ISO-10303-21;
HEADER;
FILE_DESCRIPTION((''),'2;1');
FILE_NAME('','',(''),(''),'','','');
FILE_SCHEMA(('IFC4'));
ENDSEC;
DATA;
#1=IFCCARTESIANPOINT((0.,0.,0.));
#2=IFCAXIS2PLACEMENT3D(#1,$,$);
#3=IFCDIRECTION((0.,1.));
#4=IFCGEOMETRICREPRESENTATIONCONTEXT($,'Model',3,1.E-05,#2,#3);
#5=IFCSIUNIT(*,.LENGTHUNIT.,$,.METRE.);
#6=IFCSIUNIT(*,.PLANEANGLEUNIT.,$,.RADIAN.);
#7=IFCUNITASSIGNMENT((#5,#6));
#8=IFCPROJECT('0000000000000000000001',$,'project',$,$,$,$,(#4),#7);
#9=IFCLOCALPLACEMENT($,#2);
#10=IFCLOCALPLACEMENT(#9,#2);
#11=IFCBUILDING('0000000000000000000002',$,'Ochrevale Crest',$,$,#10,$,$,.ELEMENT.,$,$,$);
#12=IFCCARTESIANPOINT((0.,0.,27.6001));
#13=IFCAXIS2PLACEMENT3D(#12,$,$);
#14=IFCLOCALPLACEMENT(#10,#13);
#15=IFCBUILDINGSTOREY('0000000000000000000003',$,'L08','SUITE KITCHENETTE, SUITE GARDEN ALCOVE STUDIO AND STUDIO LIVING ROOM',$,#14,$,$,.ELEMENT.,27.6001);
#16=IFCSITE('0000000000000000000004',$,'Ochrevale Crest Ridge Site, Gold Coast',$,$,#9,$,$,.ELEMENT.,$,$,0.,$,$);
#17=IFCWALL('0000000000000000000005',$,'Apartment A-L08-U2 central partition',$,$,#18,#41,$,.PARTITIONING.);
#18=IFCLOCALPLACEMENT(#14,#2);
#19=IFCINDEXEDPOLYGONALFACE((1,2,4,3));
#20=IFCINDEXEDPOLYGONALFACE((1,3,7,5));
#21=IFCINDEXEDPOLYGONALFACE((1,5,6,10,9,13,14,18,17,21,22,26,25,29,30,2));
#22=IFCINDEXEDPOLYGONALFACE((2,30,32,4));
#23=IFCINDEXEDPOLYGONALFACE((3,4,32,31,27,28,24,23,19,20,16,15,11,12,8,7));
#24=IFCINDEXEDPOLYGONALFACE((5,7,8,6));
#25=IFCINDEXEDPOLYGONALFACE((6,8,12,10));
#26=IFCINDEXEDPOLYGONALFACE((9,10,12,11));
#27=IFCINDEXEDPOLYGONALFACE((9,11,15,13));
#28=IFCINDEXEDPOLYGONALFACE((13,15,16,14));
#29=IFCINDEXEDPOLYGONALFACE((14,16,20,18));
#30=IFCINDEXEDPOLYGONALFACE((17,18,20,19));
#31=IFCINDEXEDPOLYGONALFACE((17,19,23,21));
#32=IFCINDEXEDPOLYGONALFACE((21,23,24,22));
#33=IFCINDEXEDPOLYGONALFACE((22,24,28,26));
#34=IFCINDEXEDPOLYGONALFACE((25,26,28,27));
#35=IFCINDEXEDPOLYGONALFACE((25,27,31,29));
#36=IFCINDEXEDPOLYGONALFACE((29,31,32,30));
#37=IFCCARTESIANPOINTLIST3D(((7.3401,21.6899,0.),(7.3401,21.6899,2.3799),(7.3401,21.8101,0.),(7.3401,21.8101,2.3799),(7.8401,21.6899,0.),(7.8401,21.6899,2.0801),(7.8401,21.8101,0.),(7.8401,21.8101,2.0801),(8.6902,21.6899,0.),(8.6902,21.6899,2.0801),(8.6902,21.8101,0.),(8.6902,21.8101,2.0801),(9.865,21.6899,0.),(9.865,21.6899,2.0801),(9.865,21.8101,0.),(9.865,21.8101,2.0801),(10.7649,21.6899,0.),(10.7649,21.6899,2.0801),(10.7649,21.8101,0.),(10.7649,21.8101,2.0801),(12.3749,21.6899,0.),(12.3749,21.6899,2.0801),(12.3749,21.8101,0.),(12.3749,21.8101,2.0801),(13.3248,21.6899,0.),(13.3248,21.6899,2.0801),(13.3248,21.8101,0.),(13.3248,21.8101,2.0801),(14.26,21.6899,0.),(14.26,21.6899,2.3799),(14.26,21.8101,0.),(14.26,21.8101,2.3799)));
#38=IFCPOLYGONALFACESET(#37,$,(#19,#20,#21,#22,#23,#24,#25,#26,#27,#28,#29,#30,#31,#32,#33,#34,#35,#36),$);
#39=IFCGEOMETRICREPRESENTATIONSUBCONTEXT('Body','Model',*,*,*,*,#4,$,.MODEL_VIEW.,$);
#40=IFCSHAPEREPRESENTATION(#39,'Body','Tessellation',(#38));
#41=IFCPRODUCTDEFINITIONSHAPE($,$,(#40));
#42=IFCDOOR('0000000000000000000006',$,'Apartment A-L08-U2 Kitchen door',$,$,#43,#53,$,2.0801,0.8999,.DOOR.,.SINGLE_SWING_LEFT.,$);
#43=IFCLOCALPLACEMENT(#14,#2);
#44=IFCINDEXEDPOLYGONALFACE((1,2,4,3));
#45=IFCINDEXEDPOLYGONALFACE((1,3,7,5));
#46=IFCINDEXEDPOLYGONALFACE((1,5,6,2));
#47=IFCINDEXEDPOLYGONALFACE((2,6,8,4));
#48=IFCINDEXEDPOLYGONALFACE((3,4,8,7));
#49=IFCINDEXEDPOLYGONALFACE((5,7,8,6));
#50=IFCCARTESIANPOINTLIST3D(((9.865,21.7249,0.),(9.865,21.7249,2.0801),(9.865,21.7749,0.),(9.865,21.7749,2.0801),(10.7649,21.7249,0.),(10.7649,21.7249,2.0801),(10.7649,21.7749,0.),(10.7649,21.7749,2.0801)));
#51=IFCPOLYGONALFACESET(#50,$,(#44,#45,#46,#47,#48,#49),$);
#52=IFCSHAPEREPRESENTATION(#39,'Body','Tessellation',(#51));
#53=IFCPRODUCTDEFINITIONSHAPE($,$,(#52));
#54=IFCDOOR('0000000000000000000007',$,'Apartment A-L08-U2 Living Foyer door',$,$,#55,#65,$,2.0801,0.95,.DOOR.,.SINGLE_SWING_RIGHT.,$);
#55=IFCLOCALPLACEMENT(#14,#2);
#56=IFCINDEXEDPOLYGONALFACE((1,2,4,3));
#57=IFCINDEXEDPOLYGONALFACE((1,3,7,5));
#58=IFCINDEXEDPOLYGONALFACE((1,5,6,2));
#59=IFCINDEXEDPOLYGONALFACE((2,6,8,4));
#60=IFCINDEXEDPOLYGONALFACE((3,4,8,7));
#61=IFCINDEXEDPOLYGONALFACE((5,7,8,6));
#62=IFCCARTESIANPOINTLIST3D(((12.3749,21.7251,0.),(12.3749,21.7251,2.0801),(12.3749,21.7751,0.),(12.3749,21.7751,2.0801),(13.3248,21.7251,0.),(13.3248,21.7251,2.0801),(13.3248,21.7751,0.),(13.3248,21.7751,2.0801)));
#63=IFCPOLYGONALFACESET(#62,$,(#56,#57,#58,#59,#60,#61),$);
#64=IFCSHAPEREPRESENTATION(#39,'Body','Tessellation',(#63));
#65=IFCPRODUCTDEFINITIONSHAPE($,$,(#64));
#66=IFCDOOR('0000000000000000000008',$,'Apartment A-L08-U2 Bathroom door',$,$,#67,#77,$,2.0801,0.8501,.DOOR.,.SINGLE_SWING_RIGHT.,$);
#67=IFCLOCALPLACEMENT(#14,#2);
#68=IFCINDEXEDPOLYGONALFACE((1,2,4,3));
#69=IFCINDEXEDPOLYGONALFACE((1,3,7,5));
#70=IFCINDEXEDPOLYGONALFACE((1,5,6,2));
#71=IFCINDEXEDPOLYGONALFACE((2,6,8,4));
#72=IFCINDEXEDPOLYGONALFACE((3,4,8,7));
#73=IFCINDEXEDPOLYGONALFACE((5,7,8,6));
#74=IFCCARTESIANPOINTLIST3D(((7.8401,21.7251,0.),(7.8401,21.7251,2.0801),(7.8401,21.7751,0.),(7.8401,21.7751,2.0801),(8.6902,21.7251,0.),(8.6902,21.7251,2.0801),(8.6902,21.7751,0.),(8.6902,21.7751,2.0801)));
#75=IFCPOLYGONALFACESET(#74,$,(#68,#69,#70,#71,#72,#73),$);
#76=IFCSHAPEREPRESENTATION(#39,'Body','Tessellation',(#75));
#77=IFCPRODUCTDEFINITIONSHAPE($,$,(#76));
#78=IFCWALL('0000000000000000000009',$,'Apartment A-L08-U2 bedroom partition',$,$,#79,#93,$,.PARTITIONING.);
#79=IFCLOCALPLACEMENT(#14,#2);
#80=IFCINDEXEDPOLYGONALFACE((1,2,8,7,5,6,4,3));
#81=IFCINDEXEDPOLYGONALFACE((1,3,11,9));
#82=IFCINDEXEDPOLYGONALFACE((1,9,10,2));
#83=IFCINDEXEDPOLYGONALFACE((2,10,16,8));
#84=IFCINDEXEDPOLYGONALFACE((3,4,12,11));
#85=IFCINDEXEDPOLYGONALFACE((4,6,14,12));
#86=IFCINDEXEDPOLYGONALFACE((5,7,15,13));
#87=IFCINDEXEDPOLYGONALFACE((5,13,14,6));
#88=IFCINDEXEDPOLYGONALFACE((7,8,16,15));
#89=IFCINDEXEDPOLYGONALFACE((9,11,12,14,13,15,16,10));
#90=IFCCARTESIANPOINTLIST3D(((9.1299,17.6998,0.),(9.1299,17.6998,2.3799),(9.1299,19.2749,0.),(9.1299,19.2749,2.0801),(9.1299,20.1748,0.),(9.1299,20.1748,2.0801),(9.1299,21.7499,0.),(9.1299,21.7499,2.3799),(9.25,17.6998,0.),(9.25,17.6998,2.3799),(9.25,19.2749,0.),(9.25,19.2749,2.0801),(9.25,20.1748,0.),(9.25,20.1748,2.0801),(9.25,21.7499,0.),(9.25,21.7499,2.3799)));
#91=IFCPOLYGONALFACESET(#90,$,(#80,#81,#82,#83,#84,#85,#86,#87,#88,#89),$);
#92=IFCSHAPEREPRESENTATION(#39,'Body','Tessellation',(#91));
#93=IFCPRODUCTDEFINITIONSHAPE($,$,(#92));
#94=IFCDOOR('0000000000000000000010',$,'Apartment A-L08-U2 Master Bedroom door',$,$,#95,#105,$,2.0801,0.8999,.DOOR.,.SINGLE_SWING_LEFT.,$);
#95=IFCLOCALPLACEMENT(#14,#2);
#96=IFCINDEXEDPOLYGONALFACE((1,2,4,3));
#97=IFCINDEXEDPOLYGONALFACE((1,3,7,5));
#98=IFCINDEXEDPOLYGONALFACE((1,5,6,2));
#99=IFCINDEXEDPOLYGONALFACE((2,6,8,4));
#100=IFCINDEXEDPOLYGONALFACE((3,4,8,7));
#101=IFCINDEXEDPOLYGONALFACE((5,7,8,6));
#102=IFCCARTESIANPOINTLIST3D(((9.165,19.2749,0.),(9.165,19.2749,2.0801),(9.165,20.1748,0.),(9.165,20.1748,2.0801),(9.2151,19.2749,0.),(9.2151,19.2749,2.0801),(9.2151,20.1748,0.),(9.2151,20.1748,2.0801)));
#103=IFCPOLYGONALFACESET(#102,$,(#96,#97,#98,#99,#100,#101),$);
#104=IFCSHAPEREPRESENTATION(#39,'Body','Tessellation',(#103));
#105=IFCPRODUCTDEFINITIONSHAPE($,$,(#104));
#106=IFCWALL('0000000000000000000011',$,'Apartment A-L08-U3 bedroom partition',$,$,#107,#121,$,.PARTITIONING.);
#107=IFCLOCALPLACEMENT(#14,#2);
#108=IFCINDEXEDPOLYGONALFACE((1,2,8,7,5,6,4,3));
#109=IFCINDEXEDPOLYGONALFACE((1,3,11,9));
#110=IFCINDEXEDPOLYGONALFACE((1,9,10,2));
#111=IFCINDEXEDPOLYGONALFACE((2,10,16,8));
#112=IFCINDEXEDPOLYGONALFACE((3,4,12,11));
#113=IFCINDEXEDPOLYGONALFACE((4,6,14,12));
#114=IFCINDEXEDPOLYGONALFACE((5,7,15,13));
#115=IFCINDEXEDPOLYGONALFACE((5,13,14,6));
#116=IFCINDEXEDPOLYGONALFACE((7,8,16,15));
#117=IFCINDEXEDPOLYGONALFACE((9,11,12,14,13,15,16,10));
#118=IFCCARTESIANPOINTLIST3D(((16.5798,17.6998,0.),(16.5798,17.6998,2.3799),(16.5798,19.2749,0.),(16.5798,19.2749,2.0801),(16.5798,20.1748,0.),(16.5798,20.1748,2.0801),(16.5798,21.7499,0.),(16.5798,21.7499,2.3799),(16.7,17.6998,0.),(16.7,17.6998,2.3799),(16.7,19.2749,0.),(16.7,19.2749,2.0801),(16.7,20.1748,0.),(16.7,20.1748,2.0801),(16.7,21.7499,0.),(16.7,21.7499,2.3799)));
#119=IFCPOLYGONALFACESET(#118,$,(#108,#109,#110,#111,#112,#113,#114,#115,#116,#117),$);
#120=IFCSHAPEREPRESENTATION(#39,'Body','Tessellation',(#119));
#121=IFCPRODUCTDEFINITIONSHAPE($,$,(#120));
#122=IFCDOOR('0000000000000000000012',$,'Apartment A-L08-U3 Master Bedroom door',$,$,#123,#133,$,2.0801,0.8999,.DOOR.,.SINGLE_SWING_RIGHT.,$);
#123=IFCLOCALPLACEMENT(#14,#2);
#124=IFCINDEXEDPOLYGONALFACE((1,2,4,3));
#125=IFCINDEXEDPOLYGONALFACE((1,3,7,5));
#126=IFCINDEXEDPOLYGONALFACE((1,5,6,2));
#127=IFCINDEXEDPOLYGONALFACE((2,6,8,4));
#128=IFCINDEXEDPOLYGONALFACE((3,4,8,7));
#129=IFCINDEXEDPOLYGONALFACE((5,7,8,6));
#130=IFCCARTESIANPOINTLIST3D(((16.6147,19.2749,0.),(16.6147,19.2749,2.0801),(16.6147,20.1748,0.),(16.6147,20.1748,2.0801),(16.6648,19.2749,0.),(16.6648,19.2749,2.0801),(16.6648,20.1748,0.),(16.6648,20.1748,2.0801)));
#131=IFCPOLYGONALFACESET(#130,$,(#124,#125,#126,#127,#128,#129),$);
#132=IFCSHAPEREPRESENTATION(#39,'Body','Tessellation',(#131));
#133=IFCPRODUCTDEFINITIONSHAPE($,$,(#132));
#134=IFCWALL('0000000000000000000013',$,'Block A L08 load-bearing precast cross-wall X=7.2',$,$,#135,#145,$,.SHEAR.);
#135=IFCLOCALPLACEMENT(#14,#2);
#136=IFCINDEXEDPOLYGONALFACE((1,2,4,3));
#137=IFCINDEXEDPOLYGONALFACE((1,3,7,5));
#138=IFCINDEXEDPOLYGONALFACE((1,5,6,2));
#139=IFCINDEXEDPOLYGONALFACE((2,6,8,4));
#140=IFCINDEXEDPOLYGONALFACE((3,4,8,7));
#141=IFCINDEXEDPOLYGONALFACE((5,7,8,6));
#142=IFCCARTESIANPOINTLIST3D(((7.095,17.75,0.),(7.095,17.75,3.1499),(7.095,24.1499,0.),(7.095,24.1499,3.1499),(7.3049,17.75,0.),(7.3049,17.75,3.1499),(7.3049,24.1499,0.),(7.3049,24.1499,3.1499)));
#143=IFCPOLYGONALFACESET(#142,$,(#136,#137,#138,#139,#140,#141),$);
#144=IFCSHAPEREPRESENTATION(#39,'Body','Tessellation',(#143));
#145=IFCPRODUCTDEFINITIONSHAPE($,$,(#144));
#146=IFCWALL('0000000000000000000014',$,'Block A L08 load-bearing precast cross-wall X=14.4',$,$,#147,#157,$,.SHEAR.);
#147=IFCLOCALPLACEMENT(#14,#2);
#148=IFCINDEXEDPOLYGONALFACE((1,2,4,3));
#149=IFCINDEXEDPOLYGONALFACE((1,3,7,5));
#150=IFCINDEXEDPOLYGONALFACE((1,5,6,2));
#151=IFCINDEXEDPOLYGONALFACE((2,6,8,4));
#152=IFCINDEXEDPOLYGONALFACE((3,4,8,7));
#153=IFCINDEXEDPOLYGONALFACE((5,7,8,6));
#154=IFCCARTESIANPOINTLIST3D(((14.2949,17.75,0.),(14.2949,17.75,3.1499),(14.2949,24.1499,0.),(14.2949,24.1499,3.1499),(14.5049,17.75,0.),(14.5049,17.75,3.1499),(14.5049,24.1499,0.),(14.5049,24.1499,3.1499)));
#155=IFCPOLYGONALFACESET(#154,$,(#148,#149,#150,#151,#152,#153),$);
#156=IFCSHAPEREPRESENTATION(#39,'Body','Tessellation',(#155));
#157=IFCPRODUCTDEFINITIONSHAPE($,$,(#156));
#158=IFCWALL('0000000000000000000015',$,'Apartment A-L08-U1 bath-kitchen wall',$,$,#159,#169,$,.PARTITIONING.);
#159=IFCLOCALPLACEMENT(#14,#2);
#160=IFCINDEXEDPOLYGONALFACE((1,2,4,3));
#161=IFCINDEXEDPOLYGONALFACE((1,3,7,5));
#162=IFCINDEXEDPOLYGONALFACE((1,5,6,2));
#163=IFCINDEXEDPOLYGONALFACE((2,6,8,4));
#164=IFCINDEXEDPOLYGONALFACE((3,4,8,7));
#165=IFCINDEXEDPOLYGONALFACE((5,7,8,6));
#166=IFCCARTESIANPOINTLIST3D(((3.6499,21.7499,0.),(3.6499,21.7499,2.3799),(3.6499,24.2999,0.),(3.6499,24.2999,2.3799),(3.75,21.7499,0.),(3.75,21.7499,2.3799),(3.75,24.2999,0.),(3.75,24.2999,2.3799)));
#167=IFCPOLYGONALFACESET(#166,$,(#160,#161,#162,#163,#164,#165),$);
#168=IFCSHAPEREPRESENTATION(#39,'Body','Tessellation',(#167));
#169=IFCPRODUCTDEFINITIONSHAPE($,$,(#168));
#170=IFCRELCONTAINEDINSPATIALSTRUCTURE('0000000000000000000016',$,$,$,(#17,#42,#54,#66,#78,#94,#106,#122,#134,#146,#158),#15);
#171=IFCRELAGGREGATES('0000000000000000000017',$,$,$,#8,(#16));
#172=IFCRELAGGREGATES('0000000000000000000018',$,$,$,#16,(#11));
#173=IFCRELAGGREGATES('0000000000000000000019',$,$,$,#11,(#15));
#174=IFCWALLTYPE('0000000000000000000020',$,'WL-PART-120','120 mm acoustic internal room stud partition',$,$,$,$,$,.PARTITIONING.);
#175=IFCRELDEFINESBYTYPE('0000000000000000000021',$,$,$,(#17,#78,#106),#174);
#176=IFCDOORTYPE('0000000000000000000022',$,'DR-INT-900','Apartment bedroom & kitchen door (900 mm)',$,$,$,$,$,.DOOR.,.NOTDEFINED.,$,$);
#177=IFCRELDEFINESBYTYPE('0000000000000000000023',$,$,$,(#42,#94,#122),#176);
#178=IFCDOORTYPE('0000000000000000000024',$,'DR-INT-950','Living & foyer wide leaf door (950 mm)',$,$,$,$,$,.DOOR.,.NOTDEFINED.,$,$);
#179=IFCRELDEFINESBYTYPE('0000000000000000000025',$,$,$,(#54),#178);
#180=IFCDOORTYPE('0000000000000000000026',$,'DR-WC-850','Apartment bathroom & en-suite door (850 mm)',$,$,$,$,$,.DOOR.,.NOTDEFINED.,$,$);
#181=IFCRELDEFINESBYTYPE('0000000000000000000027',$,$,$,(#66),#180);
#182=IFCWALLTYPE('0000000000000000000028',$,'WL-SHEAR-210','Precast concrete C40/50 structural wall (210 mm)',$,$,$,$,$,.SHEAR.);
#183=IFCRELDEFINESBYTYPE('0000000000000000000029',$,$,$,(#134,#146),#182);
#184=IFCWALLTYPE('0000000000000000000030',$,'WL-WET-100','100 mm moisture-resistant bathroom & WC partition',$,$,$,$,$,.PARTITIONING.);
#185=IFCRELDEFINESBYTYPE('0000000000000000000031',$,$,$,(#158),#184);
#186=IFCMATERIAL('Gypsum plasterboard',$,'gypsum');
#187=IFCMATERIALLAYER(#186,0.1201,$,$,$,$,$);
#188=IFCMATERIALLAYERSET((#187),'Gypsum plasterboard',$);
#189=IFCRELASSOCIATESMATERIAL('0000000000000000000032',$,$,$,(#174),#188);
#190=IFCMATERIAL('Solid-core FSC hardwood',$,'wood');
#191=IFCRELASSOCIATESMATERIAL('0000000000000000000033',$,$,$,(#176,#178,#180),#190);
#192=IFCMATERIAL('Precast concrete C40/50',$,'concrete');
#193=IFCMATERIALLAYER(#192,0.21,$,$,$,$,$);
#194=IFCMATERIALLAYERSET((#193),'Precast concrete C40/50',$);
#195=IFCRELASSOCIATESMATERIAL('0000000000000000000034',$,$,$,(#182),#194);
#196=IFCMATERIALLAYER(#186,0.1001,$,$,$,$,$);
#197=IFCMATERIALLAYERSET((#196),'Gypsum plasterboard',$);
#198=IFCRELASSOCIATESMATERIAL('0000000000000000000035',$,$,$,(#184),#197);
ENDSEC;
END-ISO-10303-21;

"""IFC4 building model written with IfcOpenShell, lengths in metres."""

from ifc_helpers import new_model, si_unit, direction, frame, frame_2d, origin, place, context, subcontext, project, spatial, rectangle, extrude, material, layer, layer_set, type_object, element, fill, save


model = new_model("IFC4")

# Units and contexts
model_context = context("Model", 3, precision=1e-05, world=origin(), true_north=direction((0.0, 1.0)))
body_context = subcontext(model_context, "Body", "Model", "MODEL_VIEW")
ifc_project = project(units=[si_unit("LENGTHUNIT", "METRE"), si_unit("PLANEANGLEUNIT", "RADIAN")], contexts=[model_context])

# Site, building, storey
site_placement = place(None, origin())
site = spatial("IfcSite", under=ifc_project, at=site_placement, Name="Ochrevale Crest Ridge Site, Gold Coast", CompositionType="ELEMENT", RefElevation=0.0)
building_placement = place(site_placement, origin())
building = spatial("IfcBuilding", under=site, at=building_placement, Name="Ochrevale Crest", CompositionType="ELEMENT")
storey_placement = place(building_placement, frame((0.0, 0.0, 27.6001)))
storey = spatial("IfcBuildingStorey", under=building, at=storey_placement, Name="L08", Description="SUITE KITCHENETTE, SUITE GARDEN ALCOVE STUDIO AND STUDIO LIVING ROOM", CompositionType="ELEMENT", Elevation=27.6001)

# Shared definitions
ifc_material_1 = material(Name="Gypsum plasterboard", Category="gypsum")
ifc_layer_1 = layer(ifc_material_1, 0.1201)
ifc_layer_set_1 = layer_set([ifc_layer_1], Name="Gypsum plasterboard")
wall_type_1 = type_object("IfcWallType", Name="WL-PART-120", Description="120 mm acoustic internal room stud partition", PredefinedType="PARTITIONING", material=ifc_layer_set_1)

# Wall, openings, doors
wall_1_placement = place(storey_placement, frame((7.3401, 21.75, 0.0), z_axis=(0.0, 0.0, 1.0), x_axis=(1.0, 0.0, 0.0)))
wall_1 = element("IfcWall", 1, at=wall_1_placement, inside=storey, type_object=wall_type_1, Name="Apartment A-L08-U2 central partition", PredefinedType="PARTITIONING", context=body_context, shape_type="SweptSolid", body=[
    extrude(rectangle(XDim=6.9199, YDim=0.1201, at=frame_2d((3.46, 0.0))), origin(), (0.0, 0.0, 1.0), 2.3799),
])
opening_1_placement = place(wall_1_placement, frame((1.3501, 0.0, 0.0), z_axis=(0.0, 0.0, 1.0), x_axis=(-1.0, 0.0, 0.0)))
opening_1 = element("IfcOpeningElement", 2, at=opening_1_placement, cuts=wall_1, PredefinedType="OPENING", context=body_context, shape_type="SweptSolid", body=[
    extrude(rectangle(XDim=0.8501, YDim=2.0801, at=frame_2d((0.425, 1.04))), frame((0.0, 0.0701, 0.0), z_axis=(0.0, -1.0, 0.0), x_axis=(1.0, 0.0, 0.0)), (0.0, 0.0, 1.0), 0.1401),
])
opening_2_placement = place(wall_1_placement, frame((2.5249, 0.0, 0.0)))
opening_2 = element("IfcOpeningElement", 3, at=opening_2_placement, cuts=wall_1, PredefinedType="OPENING", context=body_context, shape_type="SweptSolid", body=[
    extrude(rectangle(XDim=0.8999, YDim=2.0801, at=frame_2d((0.45, 1.04))), frame((0.0, 0.0701, 0.0), z_axis=(0.0, -1.0, 0.0), x_axis=(1.0, 0.0, 0.0)), (0.0, 0.0, 1.0), 0.1401),
])
opening_3_placement = place(wall_1_placement, frame((5.9849, 0.0, 0.0), z_axis=(0.0, 0.0, 1.0), x_axis=(-1.0, 0.0, 0.0)))
opening_3 = element("IfcOpeningElement", 4, at=opening_3_placement, cuts=wall_1, PredefinedType="OPENING", context=body_context, shape_type="SweptSolid", body=[
    extrude(rectangle(XDim=0.95, YDim=2.0801, at=frame_2d((0.4751, 1.04))), frame((0.0, 0.0701, 0.0), z_axis=(0.0, -1.0, 0.0), x_axis=(1.0, 0.0, 0.0)), (0.0, 0.0, 1.0), 0.1401),
])
ifc_material_2 = material(Name="Solid-core FSC hardwood", Category="wood")
door_type_1 = type_object("IfcDoorType", Name="DR-INT-900", Description="Apartment bedroom & kitchen door (900 mm)", OperationType="NOTDEFINED", PredefinedType="DOOR", material=ifc_material_2)
door_1_placement = place(opening_2_placement, origin())
door_1 = element("IfcDoor", 5, at=door_1_placement, inside=storey, type_object=door_type_1, Name="Apartment A-L08-U2 Kitchen door", OperationType="SINGLE_SWING_LEFT", OverallHeight=2.0801, OverallWidth=0.8999, PredefinedType="DOOR", context=body_context, shape_type="SweptSolid", body=[
    extrude(rectangle(XDim=0.8999, YDim=2.0801, at=frame_2d((0.45, 1.04))), frame((0.0, 0.0249, 0.0), z_axis=(0.0, -1.0, 0.0), x_axis=(1.0, 0.0, 0.0)), (0.0, 0.0, 1.0), 0.05),
])
fill(opening_2, door_1)
door_type_2 = type_object("IfcDoorType", Name="DR-INT-950", Description="Living & foyer wide leaf door (950 mm)", OperationType="NOTDEFINED", PredefinedType="DOOR", material=ifc_material_2)
door_2_placement = place(opening_3_placement, origin())
door_2 = element("IfcDoor", 6, at=door_2_placement, inside=storey, type_object=door_type_2, Name="Apartment A-L08-U2 Living Foyer door", OperationType="SINGLE_SWING_RIGHT", OverallHeight=2.0801, OverallWidth=0.95, PredefinedType="DOOR", context=body_context, shape_type="SweptSolid", body=[
    extrude(rectangle(XDim=0.95, YDim=2.0801, at=frame_2d((0.4751, 1.04))), frame((0.0, 0.0249, 0.0), z_axis=(0.0, -1.0, 0.0), x_axis=(1.0, 0.0, 0.0)), (0.0, 0.0, 1.0), 0.05),
])
fill(opening_3, door_2)
door_type_3 = type_object("IfcDoorType", Name="DR-WC-850", Description="Apartment bathroom & en-suite door (850 mm)", OperationType="NOTDEFINED", PredefinedType="DOOR", material=ifc_material_2)
door_3_placement = place(opening_1_placement, origin())
door_3 = element("IfcDoor", 7, at=door_3_placement, inside=storey, type_object=door_type_3, Name="Apartment A-L08-U2 Bathroom door", OperationType="SINGLE_SWING_RIGHT", OverallHeight=2.0801, OverallWidth=0.8501, PredefinedType="DOOR", context=body_context, shape_type="SweptSolid", body=[
    extrude(rectangle(XDim=0.8501, YDim=2.0801, at=frame_2d((0.425, 1.04))), frame((0.0, 0.0249, 0.0), z_axis=(0.0, -1.0, 0.0), x_axis=(1.0, 0.0, 0.0)), (0.0, 0.0, 1.0), 0.05),
])
fill(opening_1, door_3)

# Walls, openings, doors
wall_2_placement = place(storey_placement, frame((9.1899, 17.7, 0.0), z_axis=(0.0, 0.0, 1.0), x_axis=(0.0, 1.0, 0.0)))
wall_2 = element("IfcWall", 8, at=wall_2_placement, inside=storey, type_object=wall_type_1, Name="Apartment A-L08-U2 bedroom partition", PredefinedType="PARTITIONING", context=body_context, shape_type="SweptSolid", body=[
    extrude(rectangle(XDim=4.05, YDim=0.1201, at=frame_2d((2.0249, 0.0))), origin(), (0.0, 0.0, 1.0), 2.3799),
])
opening_4_placement = place(wall_2_placement, frame((1.575, 0.0, 0.0)))
opening_4 = element("IfcOpeningElement", 9, at=opening_4_placement, cuts=wall_2, PredefinedType="OPENING", context=body_context, shape_type="SweptSolid", body=[
    extrude(rectangle(XDim=0.8999, YDim=2.0801, at=frame_2d((0.45, 1.04))), frame((0.0, 0.0701, 0.0), z_axis=(0.0, -1.0, 0.0), x_axis=(1.0, 0.0, 0.0)), (0.0, 0.0, 1.0), 0.1401),
])
door_4_placement = place(opening_4_placement, origin())
door_4 = element("IfcDoor", 10, at=door_4_placement, inside=storey, type_object=door_type_1, Name="Apartment A-L08-U2 Master Bedroom door", OperationType="SINGLE_SWING_LEFT", OverallHeight=2.0801, OverallWidth=0.8999, PredefinedType="DOOR", context=body_context, shape_type="SweptSolid", body=[
    extrude(rectangle(XDim=0.8999, YDim=2.0801, at=frame_2d((0.45, 1.04))), frame((0.0, 0.0249, 0.0), z_axis=(0.0, -1.0, 0.0), x_axis=(1.0, 0.0, 0.0)), (0.0, 0.0, 1.0), 0.05),
])
fill(opening_4, door_4)
wall_3_placement = place(storey_placement, frame((16.6399, 17.7, 0.0), z_axis=(0.0, 0.0, 1.0), x_axis=(0.0, 1.0, 0.0)))
wall_3 = element("IfcWall", 11, at=wall_3_placement, inside=storey, type_object=wall_type_1, Name="Apartment A-L08-U3 bedroom partition", PredefinedType="PARTITIONING", context=body_context, shape_type="SweptSolid", body=[
    extrude(rectangle(XDim=4.05, YDim=0.1201, at=frame_2d((2.0249, 0.0))), origin(), (0.0, 0.0, 1.0), 2.3799),
])
opening_5_placement = place(wall_3_placement, frame((2.4749, 0.0, 0.0), z_axis=(0.0, 0.0, 1.0), x_axis=(-1.0, 0.0, 0.0)))
opening_5 = element("IfcOpeningElement", 12, at=opening_5_placement, cuts=wall_3, PredefinedType="OPENING", context=body_context, shape_type="SweptSolid", body=[
    extrude(rectangle(XDim=0.8999, YDim=2.0801, at=frame_2d((0.45, 1.04))), frame((0.0, 0.0701, 0.0), z_axis=(0.0, -1.0, 0.0), x_axis=(1.0, 0.0, 0.0)), (0.0, 0.0, 1.0), 0.1401),
])
door_5_placement = place(opening_5_placement, origin())
door_5 = element("IfcDoor", 13, at=door_5_placement, inside=storey, type_object=door_type_1, Name="Apartment A-L08-U3 Master Bedroom door", OperationType="SINGLE_SWING_RIGHT", OverallHeight=2.0801, OverallWidth=0.8999, PredefinedType="DOOR", context=body_context, shape_type="SweptSolid", body=[
    extrude(rectangle(XDim=0.8999, YDim=2.0801, at=frame_2d((0.45, 1.04))), frame((0.0, 0.0249, 0.0), z_axis=(0.0, -1.0, 0.0), x_axis=(1.0, 0.0, 0.0)), (0.0, 0.0, 1.0), 0.05),
])
fill(opening_5, door_5)

# Walls
ifc_material_3 = material(Name="Precast concrete C40/50", Category="concrete")
ifc_layer_2 = layer(ifc_material_3, 0.21)
ifc_layer_set_2 = layer_set([ifc_layer_2], Name="Precast concrete C40/50")
wall_type_2 = type_object("IfcWallType", Name="WL-SHEAR-210", Description="Precast concrete C40/50 structural wall (210 mm)", PredefinedType="SHEAR", material=ifc_layer_set_2)
for number, where, z_axis, x_axis, name in (
    (14, (7.2, 17.75, 0.0), (0.0, 0.0, 1.0), (0.0, 1.0, 0.0), "Block A L08 load-bearing precast cross-wall X=7.2"),
    (15, (14.3999, 17.75, 0.0), (0.0, 0.0, 1.0), (0.0, 1.0, 0.0), "Block A L08 load-bearing precast cross-wall X=14.4"),
):
    element("IfcWall", number, at=place(storey_placement, frame(where, z_axis=z_axis, x_axis=x_axis)), inside=storey, type_object=wall_type_2, Name=name, PredefinedType="SHEAR", context=body_context, shape_type="SweptSolid", body=[
        extrude(rectangle(XDim=6.3999, YDim=0.21, at=frame_2d((3.2, 0.0))), origin(), (0.0, 0.0, 1.0), 3.1499),
    ])
ifc_layer_3 = layer(ifc_material_1, 0.1001)
ifc_layer_set_3 = layer_set([ifc_layer_3], Name="Gypsum plasterboard")
wall_type_3 = type_object("IfcWallType", Name="WL-WET-100", Description="100 mm moisture-resistant bathroom & WC partition", PredefinedType="PARTITIONING", material=ifc_layer_set_3)
wall_4_placement = place(storey_placement, frame((3.7, 21.75, 0.0), z_axis=(0.0, 0.0, 1.0), x_axis=(0.0, 1.0, 0.0)))
element("IfcWall", 16, at=wall_4_placement, inside=storey, type_object=wall_type_3, Name="Apartment A-L08-U1 bath-kitchen wall", PredefinedType="PARTITIONING", context=body_context, shape_type="SweptSolid", body=[
    extrude(rectangle(XDim=2.55, YDim=0.1001, at=frame_2d((1.2749, 0.0))), origin(), (0.0, 0.0, 1.0), 2.3799),
])

save(model, "model.ifc")
